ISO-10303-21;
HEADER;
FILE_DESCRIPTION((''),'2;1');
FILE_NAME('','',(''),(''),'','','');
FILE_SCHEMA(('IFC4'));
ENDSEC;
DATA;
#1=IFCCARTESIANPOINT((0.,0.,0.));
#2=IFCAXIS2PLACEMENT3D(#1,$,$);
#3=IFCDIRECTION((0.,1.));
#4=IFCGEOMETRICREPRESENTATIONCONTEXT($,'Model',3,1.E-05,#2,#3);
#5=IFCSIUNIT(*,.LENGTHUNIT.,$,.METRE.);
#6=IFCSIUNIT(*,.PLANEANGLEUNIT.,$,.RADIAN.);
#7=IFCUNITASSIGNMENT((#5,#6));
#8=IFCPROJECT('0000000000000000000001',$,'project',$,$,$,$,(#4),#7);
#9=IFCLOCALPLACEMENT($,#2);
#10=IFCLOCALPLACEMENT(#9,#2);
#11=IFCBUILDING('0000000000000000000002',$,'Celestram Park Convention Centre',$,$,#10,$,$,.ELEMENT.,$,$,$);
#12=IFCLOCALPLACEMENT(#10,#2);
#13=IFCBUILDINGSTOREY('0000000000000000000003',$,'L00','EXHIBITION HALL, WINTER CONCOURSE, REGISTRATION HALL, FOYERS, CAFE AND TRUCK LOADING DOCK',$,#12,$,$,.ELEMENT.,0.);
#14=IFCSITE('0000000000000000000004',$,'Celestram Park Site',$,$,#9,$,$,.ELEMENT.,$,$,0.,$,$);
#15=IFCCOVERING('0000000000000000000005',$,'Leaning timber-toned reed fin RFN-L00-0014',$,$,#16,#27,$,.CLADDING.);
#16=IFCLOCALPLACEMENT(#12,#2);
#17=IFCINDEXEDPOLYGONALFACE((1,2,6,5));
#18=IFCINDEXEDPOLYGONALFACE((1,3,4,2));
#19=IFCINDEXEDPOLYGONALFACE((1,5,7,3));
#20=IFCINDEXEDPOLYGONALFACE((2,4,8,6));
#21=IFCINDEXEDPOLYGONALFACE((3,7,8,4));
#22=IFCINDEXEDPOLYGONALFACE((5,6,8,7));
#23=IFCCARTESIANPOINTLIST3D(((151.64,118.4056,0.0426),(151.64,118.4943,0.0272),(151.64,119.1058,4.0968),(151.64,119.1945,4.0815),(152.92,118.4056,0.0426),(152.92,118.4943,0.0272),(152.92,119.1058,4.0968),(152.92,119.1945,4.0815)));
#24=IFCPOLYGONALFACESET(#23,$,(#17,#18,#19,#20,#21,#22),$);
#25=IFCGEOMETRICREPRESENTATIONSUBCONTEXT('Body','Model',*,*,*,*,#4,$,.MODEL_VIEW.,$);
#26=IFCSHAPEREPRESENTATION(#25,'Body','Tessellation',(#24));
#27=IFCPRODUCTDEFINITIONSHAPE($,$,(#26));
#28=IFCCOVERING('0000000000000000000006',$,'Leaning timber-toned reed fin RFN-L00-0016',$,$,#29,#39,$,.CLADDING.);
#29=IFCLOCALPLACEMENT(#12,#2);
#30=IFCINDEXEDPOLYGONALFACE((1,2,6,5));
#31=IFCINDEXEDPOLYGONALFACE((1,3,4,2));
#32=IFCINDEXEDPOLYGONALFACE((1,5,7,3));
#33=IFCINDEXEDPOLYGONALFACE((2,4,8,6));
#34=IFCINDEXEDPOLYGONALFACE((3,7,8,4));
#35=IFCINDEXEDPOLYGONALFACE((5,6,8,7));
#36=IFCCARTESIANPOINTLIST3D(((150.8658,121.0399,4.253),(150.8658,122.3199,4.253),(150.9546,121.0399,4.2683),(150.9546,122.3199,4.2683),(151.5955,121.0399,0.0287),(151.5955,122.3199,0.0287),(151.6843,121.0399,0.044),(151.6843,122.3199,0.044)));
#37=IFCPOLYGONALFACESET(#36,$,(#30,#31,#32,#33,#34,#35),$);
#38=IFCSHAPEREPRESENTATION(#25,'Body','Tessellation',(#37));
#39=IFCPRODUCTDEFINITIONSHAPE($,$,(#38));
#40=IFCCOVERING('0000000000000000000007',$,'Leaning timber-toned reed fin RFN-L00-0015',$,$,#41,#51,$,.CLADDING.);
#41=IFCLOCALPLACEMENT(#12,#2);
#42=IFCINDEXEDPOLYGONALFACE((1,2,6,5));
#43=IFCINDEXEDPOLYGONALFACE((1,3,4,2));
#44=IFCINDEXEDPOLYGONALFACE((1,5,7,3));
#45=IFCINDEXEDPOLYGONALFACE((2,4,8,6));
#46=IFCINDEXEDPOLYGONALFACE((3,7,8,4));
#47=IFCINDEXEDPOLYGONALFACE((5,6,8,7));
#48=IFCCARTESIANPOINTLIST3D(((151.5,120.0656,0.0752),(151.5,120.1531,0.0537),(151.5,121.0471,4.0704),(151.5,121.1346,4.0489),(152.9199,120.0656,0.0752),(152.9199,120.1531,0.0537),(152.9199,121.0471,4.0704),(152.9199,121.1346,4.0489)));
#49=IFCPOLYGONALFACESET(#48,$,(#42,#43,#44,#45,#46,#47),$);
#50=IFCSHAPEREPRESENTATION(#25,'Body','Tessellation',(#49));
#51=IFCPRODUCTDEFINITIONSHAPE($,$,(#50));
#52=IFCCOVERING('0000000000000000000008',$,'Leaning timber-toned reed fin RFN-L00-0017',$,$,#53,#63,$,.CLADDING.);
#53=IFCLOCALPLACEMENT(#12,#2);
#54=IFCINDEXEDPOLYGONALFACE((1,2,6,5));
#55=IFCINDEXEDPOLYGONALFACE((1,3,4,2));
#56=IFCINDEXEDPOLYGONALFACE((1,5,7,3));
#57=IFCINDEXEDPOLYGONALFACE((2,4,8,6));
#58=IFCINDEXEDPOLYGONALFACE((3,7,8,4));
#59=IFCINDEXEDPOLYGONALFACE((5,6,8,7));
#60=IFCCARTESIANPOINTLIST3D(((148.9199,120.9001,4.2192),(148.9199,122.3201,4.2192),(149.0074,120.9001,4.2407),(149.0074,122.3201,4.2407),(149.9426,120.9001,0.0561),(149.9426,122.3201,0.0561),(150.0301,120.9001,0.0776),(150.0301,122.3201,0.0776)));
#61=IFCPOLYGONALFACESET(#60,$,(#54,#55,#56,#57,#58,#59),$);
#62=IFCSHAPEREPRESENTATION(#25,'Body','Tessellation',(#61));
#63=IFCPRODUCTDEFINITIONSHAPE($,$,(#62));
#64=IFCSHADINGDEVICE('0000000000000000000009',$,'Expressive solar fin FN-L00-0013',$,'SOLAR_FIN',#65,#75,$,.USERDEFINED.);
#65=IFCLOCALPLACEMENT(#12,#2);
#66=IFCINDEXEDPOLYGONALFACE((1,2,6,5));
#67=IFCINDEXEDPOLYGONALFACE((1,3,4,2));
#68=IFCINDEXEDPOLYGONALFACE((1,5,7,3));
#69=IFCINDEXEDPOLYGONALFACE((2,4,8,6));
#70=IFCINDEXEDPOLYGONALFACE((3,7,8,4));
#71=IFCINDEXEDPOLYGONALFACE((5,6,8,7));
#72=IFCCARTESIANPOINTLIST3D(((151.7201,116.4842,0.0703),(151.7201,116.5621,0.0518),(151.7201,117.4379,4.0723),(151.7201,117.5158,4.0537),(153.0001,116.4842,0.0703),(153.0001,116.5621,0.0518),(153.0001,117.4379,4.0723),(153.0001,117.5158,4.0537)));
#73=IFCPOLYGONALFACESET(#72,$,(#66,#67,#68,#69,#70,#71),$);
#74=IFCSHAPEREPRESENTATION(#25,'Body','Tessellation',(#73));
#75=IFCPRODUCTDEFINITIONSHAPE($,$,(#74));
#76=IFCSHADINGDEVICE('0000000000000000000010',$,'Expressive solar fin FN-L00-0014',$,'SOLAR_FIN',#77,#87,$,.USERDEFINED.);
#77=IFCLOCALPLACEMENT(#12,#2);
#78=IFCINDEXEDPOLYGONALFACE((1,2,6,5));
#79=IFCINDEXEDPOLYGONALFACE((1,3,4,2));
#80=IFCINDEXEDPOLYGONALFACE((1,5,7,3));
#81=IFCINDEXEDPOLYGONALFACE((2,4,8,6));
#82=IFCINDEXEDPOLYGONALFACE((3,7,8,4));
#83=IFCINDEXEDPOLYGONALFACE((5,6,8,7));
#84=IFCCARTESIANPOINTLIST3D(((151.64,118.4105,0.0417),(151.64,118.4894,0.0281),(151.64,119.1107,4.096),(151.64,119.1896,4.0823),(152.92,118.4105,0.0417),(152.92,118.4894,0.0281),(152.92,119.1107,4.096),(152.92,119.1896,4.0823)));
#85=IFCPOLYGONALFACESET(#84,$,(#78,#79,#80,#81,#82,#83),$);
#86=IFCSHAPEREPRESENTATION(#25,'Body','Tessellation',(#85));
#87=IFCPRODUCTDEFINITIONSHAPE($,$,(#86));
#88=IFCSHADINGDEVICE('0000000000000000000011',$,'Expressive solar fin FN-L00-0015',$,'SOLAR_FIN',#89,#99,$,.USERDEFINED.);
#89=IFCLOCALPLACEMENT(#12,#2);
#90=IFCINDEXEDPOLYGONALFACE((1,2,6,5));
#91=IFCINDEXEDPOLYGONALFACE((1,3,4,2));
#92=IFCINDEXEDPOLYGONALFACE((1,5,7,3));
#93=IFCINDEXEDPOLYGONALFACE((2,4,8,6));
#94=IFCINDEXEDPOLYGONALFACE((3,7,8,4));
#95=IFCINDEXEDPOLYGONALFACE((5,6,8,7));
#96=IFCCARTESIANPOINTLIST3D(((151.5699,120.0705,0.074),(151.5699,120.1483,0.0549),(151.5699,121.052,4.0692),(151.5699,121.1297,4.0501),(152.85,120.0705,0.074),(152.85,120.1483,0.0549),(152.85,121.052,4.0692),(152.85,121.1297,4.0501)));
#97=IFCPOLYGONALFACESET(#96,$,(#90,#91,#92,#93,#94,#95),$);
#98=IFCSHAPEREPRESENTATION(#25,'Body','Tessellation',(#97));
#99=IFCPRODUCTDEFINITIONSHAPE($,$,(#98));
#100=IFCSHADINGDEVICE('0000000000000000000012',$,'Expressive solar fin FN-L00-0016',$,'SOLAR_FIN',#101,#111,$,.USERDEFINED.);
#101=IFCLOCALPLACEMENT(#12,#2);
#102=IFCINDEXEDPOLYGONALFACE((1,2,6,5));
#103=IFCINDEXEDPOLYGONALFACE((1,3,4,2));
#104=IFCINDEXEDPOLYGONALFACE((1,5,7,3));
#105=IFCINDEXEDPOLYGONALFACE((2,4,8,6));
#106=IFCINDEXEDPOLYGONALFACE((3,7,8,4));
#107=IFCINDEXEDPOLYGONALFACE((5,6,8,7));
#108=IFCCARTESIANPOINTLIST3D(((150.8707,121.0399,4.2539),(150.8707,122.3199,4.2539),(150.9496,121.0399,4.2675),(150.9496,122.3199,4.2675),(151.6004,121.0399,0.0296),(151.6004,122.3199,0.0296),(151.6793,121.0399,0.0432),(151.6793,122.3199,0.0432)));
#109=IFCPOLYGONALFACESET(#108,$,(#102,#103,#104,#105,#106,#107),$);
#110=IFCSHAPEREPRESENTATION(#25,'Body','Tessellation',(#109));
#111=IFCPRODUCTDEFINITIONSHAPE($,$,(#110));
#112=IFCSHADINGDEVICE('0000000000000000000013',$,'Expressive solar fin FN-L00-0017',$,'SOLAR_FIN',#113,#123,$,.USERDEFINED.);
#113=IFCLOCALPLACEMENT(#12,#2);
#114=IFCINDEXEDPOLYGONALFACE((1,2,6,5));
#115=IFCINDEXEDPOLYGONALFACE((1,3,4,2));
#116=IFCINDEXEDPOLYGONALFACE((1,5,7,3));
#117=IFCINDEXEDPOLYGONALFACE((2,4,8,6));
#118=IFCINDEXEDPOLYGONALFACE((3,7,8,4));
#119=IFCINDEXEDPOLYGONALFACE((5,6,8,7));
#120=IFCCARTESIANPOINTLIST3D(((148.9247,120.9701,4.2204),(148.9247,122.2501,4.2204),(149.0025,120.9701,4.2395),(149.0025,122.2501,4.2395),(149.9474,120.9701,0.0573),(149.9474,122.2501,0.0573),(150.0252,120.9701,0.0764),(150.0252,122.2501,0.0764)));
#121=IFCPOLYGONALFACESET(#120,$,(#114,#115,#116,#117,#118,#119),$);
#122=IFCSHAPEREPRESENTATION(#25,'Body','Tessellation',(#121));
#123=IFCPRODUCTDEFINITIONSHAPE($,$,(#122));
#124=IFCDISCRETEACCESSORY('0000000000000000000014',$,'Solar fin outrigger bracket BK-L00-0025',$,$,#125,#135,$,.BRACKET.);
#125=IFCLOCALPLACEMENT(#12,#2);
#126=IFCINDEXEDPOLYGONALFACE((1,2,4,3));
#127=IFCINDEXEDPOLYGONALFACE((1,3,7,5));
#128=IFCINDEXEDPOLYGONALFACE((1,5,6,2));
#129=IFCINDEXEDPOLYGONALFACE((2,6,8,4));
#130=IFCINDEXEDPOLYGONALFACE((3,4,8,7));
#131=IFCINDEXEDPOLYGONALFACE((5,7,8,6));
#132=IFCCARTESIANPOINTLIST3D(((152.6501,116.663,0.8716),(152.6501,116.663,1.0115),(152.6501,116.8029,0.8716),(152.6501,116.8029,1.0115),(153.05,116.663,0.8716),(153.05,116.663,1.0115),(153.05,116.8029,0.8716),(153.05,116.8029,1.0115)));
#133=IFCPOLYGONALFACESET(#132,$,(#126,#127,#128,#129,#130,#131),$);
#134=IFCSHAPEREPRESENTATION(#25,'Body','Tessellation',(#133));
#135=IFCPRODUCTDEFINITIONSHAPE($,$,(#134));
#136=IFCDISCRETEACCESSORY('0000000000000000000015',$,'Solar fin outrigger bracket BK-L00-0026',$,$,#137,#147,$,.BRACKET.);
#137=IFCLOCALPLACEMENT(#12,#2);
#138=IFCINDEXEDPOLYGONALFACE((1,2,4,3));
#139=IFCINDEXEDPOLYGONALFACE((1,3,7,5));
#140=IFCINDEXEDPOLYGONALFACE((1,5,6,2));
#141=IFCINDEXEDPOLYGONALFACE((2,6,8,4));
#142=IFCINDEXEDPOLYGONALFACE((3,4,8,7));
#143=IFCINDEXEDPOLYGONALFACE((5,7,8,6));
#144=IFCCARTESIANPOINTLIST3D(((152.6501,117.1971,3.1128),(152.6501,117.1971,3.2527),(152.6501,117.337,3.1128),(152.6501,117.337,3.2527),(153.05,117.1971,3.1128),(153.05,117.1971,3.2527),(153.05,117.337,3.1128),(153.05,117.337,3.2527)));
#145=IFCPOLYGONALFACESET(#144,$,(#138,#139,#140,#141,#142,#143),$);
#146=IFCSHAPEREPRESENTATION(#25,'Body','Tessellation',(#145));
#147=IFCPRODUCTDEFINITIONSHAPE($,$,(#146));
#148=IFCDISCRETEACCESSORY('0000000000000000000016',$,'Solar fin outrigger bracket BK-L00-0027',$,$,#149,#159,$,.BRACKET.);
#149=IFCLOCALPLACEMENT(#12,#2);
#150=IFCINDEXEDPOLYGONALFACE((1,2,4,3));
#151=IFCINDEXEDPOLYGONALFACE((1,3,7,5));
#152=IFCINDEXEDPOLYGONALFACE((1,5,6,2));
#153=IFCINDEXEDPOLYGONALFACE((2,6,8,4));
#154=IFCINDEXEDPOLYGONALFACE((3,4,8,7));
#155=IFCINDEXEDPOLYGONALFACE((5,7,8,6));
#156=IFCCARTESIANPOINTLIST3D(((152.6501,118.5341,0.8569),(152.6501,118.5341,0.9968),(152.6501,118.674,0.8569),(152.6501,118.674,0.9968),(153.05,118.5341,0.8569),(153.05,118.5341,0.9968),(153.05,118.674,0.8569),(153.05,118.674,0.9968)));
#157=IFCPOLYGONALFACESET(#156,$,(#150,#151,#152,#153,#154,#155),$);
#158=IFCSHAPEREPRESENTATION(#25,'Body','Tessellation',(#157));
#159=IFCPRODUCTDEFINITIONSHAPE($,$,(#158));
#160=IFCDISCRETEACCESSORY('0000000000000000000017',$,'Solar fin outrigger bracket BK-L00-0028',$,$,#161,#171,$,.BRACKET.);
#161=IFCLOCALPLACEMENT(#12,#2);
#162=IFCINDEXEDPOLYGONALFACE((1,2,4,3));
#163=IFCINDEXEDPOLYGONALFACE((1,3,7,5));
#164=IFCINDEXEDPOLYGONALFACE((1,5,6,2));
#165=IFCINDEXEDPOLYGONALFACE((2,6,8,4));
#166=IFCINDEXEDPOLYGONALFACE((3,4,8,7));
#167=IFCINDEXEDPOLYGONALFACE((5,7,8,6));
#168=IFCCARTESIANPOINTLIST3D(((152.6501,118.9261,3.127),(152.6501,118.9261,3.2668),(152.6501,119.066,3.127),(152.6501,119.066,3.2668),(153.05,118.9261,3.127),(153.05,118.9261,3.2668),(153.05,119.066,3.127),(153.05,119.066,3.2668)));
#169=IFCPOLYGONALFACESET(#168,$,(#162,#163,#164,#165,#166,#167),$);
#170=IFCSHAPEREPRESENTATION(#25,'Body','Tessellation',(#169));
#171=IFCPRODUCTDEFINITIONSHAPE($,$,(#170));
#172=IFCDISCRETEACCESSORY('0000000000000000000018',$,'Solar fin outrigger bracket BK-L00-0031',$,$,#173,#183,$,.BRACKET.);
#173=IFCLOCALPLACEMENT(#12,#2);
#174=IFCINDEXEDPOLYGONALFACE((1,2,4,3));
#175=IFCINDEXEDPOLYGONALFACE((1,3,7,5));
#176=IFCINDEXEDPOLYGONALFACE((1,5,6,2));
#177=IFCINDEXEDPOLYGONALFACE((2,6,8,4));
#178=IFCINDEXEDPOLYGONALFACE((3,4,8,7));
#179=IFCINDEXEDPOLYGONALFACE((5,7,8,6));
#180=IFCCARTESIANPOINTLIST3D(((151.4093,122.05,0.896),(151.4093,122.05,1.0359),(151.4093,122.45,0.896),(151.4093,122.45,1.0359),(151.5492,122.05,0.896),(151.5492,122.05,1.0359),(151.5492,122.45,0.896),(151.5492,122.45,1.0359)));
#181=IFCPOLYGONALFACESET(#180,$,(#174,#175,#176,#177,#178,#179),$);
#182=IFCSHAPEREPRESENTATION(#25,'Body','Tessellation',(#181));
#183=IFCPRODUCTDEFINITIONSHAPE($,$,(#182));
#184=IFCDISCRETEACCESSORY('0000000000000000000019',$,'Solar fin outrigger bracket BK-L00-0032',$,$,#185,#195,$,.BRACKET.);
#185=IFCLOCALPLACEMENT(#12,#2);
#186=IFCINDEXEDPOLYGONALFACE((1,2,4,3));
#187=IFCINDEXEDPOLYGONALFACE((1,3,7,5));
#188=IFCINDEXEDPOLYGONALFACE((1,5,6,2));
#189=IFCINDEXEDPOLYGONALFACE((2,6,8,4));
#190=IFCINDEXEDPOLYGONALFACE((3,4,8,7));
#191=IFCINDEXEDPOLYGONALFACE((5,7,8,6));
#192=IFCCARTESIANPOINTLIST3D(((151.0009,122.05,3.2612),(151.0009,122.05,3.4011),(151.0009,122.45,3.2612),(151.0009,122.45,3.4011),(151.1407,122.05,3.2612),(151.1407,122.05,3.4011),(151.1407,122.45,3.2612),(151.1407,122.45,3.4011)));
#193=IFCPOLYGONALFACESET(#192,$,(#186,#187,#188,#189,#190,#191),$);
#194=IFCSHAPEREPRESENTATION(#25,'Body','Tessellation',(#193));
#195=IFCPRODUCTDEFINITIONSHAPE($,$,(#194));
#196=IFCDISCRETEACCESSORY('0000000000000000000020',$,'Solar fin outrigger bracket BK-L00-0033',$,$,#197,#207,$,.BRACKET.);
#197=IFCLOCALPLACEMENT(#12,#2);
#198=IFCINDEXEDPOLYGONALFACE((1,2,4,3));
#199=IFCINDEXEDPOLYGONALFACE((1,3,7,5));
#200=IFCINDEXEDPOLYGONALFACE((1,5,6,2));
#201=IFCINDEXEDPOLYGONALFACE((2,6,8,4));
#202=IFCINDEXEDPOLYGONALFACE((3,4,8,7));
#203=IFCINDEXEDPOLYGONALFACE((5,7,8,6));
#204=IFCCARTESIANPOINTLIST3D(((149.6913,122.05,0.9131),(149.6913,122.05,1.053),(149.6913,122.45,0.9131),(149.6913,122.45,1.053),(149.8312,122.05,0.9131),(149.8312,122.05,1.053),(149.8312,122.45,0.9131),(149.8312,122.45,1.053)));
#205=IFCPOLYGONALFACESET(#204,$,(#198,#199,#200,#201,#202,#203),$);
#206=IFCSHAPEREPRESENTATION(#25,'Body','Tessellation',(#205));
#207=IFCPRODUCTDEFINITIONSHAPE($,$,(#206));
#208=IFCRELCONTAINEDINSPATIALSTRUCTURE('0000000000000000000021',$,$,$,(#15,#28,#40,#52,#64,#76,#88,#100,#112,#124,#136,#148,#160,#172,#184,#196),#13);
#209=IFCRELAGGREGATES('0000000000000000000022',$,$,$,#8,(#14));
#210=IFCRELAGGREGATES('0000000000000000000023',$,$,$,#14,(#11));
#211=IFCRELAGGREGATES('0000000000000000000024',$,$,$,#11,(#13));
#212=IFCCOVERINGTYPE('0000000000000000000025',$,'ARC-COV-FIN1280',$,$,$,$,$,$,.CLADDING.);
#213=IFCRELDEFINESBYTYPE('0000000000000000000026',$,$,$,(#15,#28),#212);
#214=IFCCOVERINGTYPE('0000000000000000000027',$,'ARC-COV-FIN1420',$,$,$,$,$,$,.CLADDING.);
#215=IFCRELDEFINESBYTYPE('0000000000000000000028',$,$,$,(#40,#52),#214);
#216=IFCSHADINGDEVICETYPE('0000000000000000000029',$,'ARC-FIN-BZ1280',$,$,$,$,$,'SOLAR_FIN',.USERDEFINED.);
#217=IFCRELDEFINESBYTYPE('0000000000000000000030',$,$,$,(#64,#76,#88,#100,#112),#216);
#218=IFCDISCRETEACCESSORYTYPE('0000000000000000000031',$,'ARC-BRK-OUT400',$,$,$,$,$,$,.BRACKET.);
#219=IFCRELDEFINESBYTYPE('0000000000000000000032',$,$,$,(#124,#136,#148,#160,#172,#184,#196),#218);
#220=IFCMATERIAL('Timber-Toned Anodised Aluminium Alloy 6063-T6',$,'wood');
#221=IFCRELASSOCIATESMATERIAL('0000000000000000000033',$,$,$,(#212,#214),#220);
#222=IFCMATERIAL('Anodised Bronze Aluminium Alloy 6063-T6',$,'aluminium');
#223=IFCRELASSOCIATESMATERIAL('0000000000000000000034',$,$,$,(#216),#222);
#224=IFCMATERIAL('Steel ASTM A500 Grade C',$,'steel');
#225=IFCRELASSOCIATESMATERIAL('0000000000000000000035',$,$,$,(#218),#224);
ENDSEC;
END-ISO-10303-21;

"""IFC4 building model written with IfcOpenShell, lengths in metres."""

from ifc_helpers import new_model, si_unit, direction, frame, origin, origin_2d, place, context, subcontext, project, spatial, rectangle, extrude, material, material_profile, profile_set, type_object, element, save


model = new_model("IFC4")

# Units and contexts
model_context = context("Model", 3, precision=1e-05, world=origin(), true_north=direction((0.0, 1.0)))
body_context = subcontext(model_context, "Body", "Model", "MODEL_VIEW")
ifc_project = project(units=[si_unit("LENGTHUNIT", "METRE"), si_unit("PLANEANGLEUNIT", "RADIAN")], contexts=[model_context])

# Site, building, storey
site_placement = place(None, origin())
site = spatial("IfcSite", under=ifc_project, at=site_placement, Name="Celestram Park Site", CompositionType="ELEMENT", RefElevation=0.0)
building_placement = place(site_placement, origin())
building = spatial("IfcBuilding", under=site, at=building_placement, Name="Celestram Park Convention Centre", CompositionType="ELEMENT")
storey_placement = place(building_placement, origin())
storey = spatial("IfcBuildingStorey", under=building, at=storey_placement, Name="L00", Description="EXHIBITION HALL, WINTER CONCOURSE, REGISTRATION HALL, FOYERS, CAFE AND TRUCK LOADING DOCK", CompositionType="ELEMENT", Elevation=0.0)

# Coverings
ifc_material_1 = material(Name="Timber-Toned Anodised Aluminium Alloy 6063-T6", Category="wood")
ifc_material_profile_1 = material_profile(ifc_material_1, rectangle(XDim=1.28, YDim=0.0901, at=origin_2d()), Name="REED1280X90")
ifc_profile_set_1 = profile_set([ifc_material_profile_1], Name="Timber-Toned Anodised Aluminium Alloy 6063-T6")
covering_type_1 = type_object("IfcCoveringType", Name="ARC-COV-FIN1280", PredefinedType="CLADDING", material=ifc_profile_set_1)
covering_1_placement = place(storey_placement, frame((152.28, 118.45, 0.0349), z_axis=(0.0, 0.170189, 0.985411), x_axis=(-1.0, 0.0, 0.0)))
element("IfcCovering", 1, at=covering_1_placement, inside=storey, type_object=covering_type_1, Name="Leaning timber-toned reed fin RFN-L00-0014", PredefinedType="CLADDING", context=body_context, shape_type="SweptSolid", body=[
    extrude(rectangle(XDim=1.28, YDim=0.0901, at=origin_2d()), origin(), (0.0, 0.0, 1.0), 4.1143),
])
covering_2_placement = place(storey_placement, frame((151.6399, 121.6799, 0.0364), z_axis=(-0.170223, 0.0, 0.985405), x_axis=(0.0, -1.0, 0.0)))
element("IfcCovering", 2, at=covering_2_placement, inside=storey, type_object=covering_type_1, Name="Leaning timber-toned reed fin RFN-L00-0016", PredefinedType="CLADDING", context=body_context, shape_type="SweptSolid", body=[
    extrude(rectangle(XDim=1.28, YDim=0.0901, at=origin_2d()), origin(), (0.0, 0.0, 1.0), 4.2869),
])
ifc_material_profile_2 = material_profile(ifc_material_1, rectangle(XDim=1.4199, YDim=0.0901, at=origin_2d()), Name="REED1420X90")
ifc_profile_set_2 = profile_set([ifc_material_profile_2], Name="Timber-Toned Anodised Aluminium Alloy 6063-T6")
covering_type_2 = type_object("IfcCoveringType", Name="ARC-COV-FIN1420", PredefinedType="CLADDING", material=ifc_profile_set_2)
covering_3_placement = place(storey_placement, frame((152.21, 120.1094, 0.0645), z_axis=(0.0, 0.238568, 0.971126), x_axis=(-1.0, 0.0, 0.0)))
element("IfcCovering", 3, at=covering_3_placement, inside=storey, type_object=covering_type_2, Name="Leaning timber-toned reed fin RFN-L00-0015", PredefinedType="CLADDING", context=body_context, shape_type="SweptSolid", body=[
    extrude(rectangle(XDim=1.4199, YDim=0.0901, at=origin_2d()), origin(), (0.0, 0.0, 1.0), 4.114),
])
covering_4_placement = place(storey_placement, frame((149.9863, 121.6101, 0.0669), z_axis=(-0.238567, 0.0, 0.971126), x_axis=(0.0, -1.0, 0.0)))
element("IfcCovering", 4, at=covering_4_placement, inside=storey, type_object=covering_type_2, Name="Leaning timber-toned reed fin RFN-L00-0017", PredefinedType="CLADDING", context=body_context, shape_type="SweptSolid", body=[
    extrude(rectangle(XDim=1.4199, YDim=0.0901, at=origin_2d()), origin(), (0.0, 0.0, 1.0), 4.2869),
])

# Shading devices
ifc_material_2 = material(Name="Anodised Bronze Aluminium Alloy 6063-T6", Category="aluminium")
ifc_material_profile_3 = material_profile(ifc_material_2, rectangle(XDim=1.28, YDim=0.0801, at=origin_2d()), Name="FIN1280X80")
ifc_profile_set_3 = profile_set([ifc_material_profile_3], Name="Anodised Bronze Aluminium Alloy 6063-T6")
shading_device_type = type_object("IfcShadingDeviceType", Name="ARC-FIN-BZ1280", ElementType="SOLAR_FIN", PredefinedType="USERDEFINED", material=ifc_profile_set_3)
shading_device_1_placement = place(storey_placement, frame((152.3601, 116.5232, 0.061), z_axis=(0.0, 0.231797, 0.972764), x_axis=(-1.0, 0.0, 0.0)))
element("IfcShadingDevice", 5, at=shading_device_1_placement, inside=storey, type_object=shading_device_type, Name="Expressive solar fin FN-L00-0013", ObjectType="SOLAR_FIN", PredefinedType="USERDEFINED", context=body_context, shape_type="SweptSolid", body=[
    extrude(rectangle(XDim=1.28, YDim=0.0801, at=origin_2d()), origin(), (0.0, 0.0, 1.0), 4.114),
])
shading_device_2_placement = place(storey_placement, frame((152.28, 118.45, 0.0349), z_axis=(0.0, 0.170189, 0.985411), x_axis=(-1.0, 0.0, 0.0)))
element("IfcShadingDevice", 6, at=shading_device_2_placement, inside=storey, type_object=shading_device_type, Name="Expressive solar fin FN-L00-0014", ObjectType="SOLAR_FIN", PredefinedType="USERDEFINED", context=body_context, shape_type="SweptSolid", body=[
    extrude(rectangle(XDim=1.28, YDim=0.0801, at=origin_2d()), origin(), (0.0, 0.0, 1.0), 4.1143),
])
shading_device_3_placement = place(storey_placement, frame((152.21, 120.1094, 0.0645), z_axis=(0.0, 0.238568, 0.971126), x_axis=(-1.0, 0.0, 0.0)))
element("IfcShadingDevice", 7, at=shading_device_3_placement, inside=storey, type_object=shading_device_type, Name="Expressive solar fin FN-L00-0015", ObjectType="SOLAR_FIN", PredefinedType="USERDEFINED", context=body_context, shape_type="SweptSolid", body=[
    extrude(rectangle(XDim=1.28, YDim=0.0801, at=origin_2d()), origin(), (0.0, 0.0, 1.0), 4.114),
])
for number, where, z_axis, x_axis, name in (
    (8, (151.6399, 121.6799, 0.0364), (-0.170223, 0.0, 0.985405), (0.0, -1.0, 0.0), "Expressive solar fin FN-L00-0016"),
    (9, (149.9863, 121.6101, 0.0669), (-0.238567, 0.0, 0.971126), (0.0, -1.0, 0.0), "Expressive solar fin FN-L00-0017"),
):
    element("IfcShadingDevice", number, at=place(storey_placement, frame(where, z_axis=z_axis, x_axis=x_axis)), inside=storey, type_object=shading_device_type, Name=name, ObjectType="SOLAR_FIN", PredefinedType="USERDEFINED", context=body_context, shape_type="SweptSolid", body=[
        extrude(rectangle(XDim=1.28, YDim=0.0801, at=origin_2d()), origin(), (0.0, 0.0, 1.0), 4.2869),
    ])

# Discrete accessories
ifc_material_3 = material(Name="Steel ASTM A500 Grade C", Category="steel")
discrete_accessory_type = type_object("IfcDiscreteAccessoryType", Name="ARC-BRK-OUT400", PredefinedType="BRACKET", material=ifc_material_3)
for number, where, z_axis, x_axis, name in (
    (10, (152.8501, 116.7329, 0.8716), (0.0, 0.0, 1.0), (-1.0, 0.0, 0.0), "Solar fin outrigger bracket BK-L00-0025"),
    (11, (152.8501, 117.2671, 3.1128), (0.0, 0.0, 1.0), (-1.0, 0.0, 0.0), "Solar fin outrigger bracket BK-L00-0026"),
    (12, (152.8501, 118.604, 0.8569), (0.0, 0.0, 1.0), (-1.0, 0.0, 0.0), "Solar fin outrigger bracket BK-L00-0027"),
    (13, (152.8501, 118.9961, 3.127), (0.0, 0.0, 1.0), (-1.0, 0.0, 0.0), "Solar fin outrigger bracket BK-L00-0028"),
    (14, (151.4792, 122.25, 0.896), (0.0, 0.0, 1.0), (0.0, -1.0, 0.0), "Solar fin outrigger bracket BK-L00-0031"),
    (15, (151.0708, 122.25, 3.2612), (0.0, 0.0, 1.0), (0.0, -1.0, 0.0), "Solar fin outrigger bracket BK-L00-0032"),
    (16, (149.7612, 122.25, 0.9131), (0.0, 0.0, 1.0), (0.0, -1.0, 0.0), "Solar fin outrigger bracket BK-L00-0033"),
):
    element("IfcDiscreteAccessory", number, at=place(storey_placement, frame(where, z_axis=z_axis, x_axis=x_axis)), inside=storey, type_object=discrete_accessory_type, Name=name, PredefinedType="BRACKET", context=body_context, shape_type="SweptSolid", body=[
        extrude(rectangle(XDim=0.3999, YDim=0.1399, at=origin_2d()), origin(), (0.0, 0.0, 1.0), 0.1399),
    ])

save(model, "model.ifc")
